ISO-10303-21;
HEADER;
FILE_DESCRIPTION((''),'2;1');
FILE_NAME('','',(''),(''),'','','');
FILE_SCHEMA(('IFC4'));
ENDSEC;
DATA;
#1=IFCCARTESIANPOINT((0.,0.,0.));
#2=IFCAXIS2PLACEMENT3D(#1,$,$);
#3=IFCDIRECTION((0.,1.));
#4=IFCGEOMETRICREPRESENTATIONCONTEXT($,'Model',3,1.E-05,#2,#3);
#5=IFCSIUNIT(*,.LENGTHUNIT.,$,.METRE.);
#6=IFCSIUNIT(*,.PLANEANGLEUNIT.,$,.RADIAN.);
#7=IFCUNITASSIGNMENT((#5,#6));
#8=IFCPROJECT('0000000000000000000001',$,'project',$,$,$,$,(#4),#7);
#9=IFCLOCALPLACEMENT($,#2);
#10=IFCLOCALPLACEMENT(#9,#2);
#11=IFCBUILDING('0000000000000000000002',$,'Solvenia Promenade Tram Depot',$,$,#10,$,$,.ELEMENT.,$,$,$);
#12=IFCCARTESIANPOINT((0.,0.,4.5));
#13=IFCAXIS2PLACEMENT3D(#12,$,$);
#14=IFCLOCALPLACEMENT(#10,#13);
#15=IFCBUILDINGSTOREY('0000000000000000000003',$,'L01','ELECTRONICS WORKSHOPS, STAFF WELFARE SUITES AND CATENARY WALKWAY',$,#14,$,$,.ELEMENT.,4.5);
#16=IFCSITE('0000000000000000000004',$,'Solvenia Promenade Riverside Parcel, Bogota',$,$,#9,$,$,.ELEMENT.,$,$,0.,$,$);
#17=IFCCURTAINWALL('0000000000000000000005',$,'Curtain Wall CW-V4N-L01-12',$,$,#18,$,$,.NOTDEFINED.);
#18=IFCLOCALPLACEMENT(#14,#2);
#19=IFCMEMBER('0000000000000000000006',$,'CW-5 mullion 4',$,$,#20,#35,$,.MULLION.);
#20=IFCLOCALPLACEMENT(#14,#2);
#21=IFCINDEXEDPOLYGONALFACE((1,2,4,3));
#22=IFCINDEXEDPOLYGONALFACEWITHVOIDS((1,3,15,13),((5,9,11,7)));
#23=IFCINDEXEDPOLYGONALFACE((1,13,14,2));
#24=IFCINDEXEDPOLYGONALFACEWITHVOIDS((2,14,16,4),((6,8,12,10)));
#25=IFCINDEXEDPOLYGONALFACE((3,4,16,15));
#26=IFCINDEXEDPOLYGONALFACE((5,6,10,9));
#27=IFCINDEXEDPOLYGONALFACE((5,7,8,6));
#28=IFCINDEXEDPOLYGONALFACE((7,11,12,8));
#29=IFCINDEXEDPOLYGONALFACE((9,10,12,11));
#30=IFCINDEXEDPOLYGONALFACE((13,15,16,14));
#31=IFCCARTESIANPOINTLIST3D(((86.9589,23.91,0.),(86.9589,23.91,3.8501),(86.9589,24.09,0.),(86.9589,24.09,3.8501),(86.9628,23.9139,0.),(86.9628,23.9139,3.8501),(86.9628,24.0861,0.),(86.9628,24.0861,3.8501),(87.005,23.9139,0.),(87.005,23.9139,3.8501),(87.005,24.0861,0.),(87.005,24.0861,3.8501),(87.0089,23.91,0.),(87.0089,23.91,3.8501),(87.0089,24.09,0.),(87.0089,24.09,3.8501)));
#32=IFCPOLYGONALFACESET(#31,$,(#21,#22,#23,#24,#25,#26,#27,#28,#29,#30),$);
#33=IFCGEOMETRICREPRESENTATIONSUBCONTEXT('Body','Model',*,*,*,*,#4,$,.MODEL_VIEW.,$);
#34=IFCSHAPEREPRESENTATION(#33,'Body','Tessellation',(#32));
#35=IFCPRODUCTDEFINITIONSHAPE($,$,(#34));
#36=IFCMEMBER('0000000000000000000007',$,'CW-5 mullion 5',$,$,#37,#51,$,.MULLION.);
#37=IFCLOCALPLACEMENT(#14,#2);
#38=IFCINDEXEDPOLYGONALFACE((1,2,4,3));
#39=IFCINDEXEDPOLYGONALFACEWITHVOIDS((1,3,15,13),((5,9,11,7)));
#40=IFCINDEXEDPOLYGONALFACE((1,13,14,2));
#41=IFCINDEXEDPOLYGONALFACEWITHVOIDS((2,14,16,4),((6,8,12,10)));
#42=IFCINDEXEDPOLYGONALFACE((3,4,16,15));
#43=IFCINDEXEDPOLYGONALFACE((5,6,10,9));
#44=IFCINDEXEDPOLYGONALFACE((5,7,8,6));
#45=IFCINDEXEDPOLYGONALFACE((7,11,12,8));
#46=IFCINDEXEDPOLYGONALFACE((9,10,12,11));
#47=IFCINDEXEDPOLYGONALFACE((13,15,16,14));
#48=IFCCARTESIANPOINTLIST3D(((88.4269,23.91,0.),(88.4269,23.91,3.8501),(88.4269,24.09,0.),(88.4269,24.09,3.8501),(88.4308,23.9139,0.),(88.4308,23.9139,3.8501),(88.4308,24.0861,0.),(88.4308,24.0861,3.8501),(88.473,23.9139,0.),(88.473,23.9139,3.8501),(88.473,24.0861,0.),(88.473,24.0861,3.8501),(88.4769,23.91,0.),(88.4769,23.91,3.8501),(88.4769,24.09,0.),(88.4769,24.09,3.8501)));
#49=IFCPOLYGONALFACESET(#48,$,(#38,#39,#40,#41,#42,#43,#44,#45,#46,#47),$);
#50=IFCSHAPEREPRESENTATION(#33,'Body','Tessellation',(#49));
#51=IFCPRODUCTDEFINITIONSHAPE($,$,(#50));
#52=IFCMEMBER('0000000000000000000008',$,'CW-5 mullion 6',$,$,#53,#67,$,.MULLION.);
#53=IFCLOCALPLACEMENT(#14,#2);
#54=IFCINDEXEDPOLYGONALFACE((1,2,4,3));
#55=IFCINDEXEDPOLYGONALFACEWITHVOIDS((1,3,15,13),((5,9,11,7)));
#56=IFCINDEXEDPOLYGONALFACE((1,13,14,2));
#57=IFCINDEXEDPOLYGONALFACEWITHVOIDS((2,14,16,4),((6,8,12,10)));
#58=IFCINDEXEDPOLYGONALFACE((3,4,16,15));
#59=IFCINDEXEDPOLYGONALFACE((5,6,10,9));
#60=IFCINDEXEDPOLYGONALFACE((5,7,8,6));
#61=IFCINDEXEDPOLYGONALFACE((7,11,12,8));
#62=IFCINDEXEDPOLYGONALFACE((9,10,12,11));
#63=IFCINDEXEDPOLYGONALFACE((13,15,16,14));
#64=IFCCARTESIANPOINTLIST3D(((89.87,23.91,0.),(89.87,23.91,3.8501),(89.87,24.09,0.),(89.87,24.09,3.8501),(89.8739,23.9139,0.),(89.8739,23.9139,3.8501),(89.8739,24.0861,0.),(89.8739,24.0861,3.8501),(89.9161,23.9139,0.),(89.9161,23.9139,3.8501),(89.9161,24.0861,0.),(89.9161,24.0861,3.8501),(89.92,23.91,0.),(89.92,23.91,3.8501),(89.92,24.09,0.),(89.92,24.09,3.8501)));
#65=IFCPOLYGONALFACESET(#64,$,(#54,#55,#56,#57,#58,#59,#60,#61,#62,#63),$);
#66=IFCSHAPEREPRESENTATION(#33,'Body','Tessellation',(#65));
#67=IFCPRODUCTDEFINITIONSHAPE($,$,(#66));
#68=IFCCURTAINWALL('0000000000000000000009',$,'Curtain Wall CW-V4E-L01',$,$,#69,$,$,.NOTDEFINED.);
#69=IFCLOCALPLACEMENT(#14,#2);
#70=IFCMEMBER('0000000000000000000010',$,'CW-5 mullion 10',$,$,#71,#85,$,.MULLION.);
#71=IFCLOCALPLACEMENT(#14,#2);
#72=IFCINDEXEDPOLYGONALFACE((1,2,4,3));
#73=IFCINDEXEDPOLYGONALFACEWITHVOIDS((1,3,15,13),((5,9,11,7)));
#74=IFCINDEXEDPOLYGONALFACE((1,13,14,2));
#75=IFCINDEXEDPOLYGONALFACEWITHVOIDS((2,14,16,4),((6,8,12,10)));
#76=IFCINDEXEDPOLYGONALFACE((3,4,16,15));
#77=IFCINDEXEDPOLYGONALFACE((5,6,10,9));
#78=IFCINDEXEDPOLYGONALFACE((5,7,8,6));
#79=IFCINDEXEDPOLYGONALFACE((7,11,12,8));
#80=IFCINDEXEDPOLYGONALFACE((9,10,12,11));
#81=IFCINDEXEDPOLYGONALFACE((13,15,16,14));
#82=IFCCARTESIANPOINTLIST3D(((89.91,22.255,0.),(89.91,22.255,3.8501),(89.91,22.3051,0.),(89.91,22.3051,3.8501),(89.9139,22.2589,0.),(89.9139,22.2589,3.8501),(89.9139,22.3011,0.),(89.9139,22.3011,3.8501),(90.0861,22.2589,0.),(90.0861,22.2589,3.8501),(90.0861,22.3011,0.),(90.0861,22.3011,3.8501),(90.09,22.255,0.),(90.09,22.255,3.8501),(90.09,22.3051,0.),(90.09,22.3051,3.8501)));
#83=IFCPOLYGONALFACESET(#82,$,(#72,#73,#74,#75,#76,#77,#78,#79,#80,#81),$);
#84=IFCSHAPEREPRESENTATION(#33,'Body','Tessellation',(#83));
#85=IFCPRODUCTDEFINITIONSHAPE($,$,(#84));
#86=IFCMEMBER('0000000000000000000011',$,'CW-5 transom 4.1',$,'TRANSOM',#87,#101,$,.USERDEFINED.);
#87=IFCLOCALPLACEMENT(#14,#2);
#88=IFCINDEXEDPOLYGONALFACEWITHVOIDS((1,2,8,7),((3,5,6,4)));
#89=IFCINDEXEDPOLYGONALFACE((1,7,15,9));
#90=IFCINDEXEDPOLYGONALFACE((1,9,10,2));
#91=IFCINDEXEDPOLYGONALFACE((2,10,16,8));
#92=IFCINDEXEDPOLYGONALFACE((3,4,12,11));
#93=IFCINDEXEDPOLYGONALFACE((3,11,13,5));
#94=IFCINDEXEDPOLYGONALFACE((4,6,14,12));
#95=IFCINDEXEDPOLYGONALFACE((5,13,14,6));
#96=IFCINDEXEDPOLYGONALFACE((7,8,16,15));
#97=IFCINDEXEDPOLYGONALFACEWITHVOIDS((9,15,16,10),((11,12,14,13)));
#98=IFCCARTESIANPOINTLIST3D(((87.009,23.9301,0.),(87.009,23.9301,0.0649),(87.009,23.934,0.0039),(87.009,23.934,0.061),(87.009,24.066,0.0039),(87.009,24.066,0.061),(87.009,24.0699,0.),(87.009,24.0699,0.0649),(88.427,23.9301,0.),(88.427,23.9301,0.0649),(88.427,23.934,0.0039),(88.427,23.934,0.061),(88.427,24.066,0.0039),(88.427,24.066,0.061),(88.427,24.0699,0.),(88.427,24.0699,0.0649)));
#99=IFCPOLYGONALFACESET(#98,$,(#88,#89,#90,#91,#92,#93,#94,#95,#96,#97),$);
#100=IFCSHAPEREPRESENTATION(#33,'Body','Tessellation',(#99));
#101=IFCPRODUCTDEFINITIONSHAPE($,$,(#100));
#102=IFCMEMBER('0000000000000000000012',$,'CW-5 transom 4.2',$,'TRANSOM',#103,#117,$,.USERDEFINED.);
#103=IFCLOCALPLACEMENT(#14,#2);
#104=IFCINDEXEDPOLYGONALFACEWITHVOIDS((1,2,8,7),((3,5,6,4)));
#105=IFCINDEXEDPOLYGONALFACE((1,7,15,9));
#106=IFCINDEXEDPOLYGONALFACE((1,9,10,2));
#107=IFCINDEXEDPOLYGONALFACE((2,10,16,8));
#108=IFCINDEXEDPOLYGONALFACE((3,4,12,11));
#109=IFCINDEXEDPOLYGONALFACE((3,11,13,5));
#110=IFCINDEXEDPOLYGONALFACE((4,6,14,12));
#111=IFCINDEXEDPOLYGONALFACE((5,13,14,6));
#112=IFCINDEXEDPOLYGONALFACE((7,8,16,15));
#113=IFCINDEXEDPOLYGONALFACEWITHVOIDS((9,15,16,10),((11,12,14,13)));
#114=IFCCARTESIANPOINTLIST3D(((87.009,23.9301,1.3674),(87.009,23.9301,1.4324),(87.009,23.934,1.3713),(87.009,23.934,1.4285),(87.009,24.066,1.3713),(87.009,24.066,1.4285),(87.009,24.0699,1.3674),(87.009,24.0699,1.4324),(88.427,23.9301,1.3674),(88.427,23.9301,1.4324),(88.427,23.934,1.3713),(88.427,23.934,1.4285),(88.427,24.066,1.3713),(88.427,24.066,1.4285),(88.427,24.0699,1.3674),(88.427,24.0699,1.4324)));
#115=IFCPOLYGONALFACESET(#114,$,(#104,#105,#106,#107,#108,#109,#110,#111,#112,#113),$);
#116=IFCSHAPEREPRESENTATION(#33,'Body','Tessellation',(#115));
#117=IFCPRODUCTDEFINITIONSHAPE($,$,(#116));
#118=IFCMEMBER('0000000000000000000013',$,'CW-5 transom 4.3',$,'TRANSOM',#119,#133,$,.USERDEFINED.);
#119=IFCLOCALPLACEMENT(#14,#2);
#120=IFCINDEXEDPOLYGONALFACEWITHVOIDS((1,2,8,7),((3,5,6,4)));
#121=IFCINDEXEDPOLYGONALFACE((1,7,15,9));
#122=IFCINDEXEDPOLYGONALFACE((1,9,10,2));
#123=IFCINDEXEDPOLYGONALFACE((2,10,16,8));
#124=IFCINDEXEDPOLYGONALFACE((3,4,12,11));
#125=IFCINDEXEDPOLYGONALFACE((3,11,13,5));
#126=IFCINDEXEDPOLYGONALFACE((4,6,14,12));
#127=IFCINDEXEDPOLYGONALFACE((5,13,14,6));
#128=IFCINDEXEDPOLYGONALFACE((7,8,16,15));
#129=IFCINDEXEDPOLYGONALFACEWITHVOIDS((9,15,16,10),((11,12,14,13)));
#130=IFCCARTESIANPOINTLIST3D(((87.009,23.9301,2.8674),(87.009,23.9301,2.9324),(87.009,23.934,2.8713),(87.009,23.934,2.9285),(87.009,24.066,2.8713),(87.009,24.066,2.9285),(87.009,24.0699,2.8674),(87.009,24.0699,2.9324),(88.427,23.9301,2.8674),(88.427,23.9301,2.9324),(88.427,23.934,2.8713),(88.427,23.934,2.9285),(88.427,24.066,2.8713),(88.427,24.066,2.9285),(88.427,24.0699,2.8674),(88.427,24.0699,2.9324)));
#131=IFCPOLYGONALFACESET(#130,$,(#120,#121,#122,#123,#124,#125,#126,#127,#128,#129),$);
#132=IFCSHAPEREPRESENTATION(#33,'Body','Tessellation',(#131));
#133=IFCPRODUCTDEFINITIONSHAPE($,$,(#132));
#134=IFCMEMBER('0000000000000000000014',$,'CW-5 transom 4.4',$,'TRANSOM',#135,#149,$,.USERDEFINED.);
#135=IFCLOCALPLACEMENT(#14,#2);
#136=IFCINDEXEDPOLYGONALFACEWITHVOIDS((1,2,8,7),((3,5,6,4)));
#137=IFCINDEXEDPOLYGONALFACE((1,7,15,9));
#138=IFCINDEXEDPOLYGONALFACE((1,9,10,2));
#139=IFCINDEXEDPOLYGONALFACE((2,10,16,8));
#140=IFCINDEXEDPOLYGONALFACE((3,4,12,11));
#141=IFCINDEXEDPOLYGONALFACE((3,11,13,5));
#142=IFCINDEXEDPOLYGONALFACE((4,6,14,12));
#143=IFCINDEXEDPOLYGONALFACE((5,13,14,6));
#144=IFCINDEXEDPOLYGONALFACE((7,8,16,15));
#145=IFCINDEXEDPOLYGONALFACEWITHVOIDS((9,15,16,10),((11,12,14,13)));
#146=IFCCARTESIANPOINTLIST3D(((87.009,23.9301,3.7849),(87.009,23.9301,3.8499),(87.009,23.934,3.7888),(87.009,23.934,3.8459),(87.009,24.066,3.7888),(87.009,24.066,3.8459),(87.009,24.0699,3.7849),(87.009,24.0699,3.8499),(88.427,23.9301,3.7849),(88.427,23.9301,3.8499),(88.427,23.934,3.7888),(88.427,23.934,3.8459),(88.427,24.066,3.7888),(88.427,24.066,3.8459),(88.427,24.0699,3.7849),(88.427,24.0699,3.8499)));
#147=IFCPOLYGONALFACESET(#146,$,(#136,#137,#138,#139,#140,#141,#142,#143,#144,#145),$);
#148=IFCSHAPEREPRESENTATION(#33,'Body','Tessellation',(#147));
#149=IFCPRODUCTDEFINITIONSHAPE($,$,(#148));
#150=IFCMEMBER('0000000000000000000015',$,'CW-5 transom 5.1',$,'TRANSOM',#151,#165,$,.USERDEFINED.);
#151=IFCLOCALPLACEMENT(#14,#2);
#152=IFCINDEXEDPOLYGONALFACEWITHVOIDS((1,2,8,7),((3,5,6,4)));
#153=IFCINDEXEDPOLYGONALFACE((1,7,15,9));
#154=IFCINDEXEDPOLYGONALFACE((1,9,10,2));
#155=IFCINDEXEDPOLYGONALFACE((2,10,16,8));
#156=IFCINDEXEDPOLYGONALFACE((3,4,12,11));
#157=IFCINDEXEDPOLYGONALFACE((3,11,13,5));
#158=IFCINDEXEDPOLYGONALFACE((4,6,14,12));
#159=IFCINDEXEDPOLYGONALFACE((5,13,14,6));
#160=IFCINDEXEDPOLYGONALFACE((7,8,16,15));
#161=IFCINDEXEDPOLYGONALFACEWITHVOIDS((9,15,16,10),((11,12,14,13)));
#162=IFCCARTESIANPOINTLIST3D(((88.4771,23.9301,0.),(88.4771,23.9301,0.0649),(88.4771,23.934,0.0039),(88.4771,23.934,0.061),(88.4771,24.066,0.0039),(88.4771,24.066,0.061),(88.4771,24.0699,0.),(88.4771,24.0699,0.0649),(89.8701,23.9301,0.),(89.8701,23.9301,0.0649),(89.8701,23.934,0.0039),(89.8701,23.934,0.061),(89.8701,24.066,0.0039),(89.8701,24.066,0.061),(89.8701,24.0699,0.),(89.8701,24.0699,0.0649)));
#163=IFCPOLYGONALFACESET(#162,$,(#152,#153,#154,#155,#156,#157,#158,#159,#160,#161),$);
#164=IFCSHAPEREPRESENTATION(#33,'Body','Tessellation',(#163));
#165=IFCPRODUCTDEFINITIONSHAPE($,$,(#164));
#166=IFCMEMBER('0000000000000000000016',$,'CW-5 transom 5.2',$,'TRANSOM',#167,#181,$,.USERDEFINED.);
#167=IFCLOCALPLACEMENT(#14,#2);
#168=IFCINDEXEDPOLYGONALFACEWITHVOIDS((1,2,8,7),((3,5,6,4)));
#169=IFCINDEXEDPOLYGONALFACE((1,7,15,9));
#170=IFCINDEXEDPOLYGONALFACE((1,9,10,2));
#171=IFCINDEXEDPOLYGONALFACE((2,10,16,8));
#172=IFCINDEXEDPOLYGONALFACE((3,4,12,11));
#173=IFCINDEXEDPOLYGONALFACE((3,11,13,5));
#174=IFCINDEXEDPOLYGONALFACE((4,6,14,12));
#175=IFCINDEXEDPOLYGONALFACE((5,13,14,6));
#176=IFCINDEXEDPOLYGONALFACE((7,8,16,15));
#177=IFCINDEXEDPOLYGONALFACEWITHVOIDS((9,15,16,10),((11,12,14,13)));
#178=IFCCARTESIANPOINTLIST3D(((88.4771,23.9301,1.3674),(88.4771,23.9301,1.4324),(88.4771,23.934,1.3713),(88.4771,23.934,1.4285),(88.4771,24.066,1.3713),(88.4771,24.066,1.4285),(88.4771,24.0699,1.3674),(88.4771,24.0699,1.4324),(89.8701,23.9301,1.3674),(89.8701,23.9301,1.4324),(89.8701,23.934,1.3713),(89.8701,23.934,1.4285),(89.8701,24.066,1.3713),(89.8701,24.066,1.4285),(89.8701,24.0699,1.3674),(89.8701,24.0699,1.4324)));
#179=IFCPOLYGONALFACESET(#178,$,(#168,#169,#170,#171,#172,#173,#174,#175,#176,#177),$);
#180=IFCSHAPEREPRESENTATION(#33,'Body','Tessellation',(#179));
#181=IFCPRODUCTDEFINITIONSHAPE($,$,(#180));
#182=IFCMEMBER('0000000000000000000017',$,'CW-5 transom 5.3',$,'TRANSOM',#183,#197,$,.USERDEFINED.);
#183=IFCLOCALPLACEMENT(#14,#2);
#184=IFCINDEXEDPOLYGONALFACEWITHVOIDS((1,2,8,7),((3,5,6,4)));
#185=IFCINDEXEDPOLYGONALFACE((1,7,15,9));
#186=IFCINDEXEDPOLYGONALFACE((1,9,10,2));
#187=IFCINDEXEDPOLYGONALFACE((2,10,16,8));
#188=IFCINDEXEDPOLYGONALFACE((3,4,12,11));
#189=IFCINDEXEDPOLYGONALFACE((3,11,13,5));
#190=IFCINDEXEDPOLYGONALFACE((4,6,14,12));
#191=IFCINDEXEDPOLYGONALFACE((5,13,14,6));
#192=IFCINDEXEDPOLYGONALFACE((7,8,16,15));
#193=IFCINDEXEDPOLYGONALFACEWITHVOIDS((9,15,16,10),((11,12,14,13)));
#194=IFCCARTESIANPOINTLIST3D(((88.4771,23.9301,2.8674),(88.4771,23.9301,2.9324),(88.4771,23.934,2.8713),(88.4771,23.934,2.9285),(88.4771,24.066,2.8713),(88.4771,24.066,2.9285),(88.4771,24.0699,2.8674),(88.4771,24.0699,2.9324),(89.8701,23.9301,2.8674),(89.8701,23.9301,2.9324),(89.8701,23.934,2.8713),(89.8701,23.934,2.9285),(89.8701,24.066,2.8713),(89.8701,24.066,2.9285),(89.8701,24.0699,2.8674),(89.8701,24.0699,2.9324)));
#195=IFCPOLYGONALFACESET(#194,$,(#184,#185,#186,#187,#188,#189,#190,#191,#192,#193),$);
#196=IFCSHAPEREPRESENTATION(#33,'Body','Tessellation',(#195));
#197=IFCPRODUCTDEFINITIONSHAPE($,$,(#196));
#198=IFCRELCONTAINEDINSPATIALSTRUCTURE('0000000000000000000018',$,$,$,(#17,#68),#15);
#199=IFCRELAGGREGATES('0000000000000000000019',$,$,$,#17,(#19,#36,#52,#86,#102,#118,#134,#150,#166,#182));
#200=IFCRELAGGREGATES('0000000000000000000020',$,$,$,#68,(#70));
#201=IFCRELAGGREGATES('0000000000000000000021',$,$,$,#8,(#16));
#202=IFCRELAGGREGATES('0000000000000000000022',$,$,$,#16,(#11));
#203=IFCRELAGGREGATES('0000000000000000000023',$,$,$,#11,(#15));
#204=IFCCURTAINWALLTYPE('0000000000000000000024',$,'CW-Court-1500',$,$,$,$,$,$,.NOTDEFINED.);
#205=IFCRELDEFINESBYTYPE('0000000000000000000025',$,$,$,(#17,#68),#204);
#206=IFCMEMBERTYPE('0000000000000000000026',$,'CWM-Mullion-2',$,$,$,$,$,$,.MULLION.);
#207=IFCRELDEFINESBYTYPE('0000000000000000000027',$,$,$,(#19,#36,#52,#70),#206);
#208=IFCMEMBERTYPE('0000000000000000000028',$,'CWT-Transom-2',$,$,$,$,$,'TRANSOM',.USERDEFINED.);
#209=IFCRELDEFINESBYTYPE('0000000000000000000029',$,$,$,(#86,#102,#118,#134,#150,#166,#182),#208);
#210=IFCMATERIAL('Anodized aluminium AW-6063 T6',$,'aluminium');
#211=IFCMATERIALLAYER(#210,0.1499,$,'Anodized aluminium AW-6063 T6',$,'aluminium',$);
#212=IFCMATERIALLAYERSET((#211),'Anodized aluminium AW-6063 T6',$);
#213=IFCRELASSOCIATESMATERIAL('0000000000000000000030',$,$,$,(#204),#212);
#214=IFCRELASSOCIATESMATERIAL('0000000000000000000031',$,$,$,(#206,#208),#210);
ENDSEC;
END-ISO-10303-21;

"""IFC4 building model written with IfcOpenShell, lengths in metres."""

from ifc_helpers import new_model, si_unit, direction, frame, origin, origin_2d, place, context, subcontext, project, spatial, hollow_rectangle, extrude, material, layer, layer_set, material_profile, profile_set, type_object, element, aggregate, save


model = new_model("IFC4")

# Units and contexts
model_context = context("Model", 3, precision=1e-05, world=origin(), true_north=direction((0.0, 1.0)))
body_context = subcontext(model_context, "Body", "Model", "MODEL_VIEW")
ifc_project = project(units=[si_unit("LENGTHUNIT", "METRE"), si_unit("PLANEANGLEUNIT", "RADIAN")], contexts=[model_context])

# Site, building, storey
site_placement = place(None, origin())
site = spatial("IfcSite", under=ifc_project, at=site_placement, Name="Solvenia Promenade Riverside Parcel, Bogota", CompositionType="ELEMENT", RefElevation=0.0)
building_placement = place(site_placement, origin())
building = spatial("IfcBuilding", under=site, at=building_placement, Name="Solvenia Promenade Tram Depot", CompositionType="ELEMENT")
storey_placement = place(building_placement, frame((0.0, 0.0, 4.5)))
storey = spatial("IfcBuildingStorey", under=building, at=storey_placement, Name="L01", Description="ELECTRONICS WORKSHOPS, STAFF WELFARE SUITES AND CATENARY WALKWAY", CompositionType="ELEMENT", Elevation=4.5)

# Curtain wall, members
ifc_material_1 = material(Name="Anodized aluminium AW-6063 T6", Category="aluminium")
ifc_layer_1 = layer(ifc_material_1, 0.1499, Name="Anodized aluminium AW-6063 T6", Category="aluminium")
ifc_layer_set_1 = layer_set([ifc_layer_1], Name="Anodized aluminium AW-6063 T6")
curtain_wall_type = type_object("IfcCurtainWallType", Name="CW-Court-1500", PredefinedType="NOTDEFINED", material=ifc_layer_set_1)
curtain_wall_1_placement = place(storey_placement, origin())
curtain_wall_1 = element("IfcCurtainWall", 1, at=curtain_wall_1_placement, inside=storey, type_object=curtain_wall_type, Name="Curtain Wall CW-V4N-L01-12", PredefinedType="NOTDEFINED")
ifc_material_profile_1 = material_profile(ifc_material_1, hollow_rectangle(XDim=0.1799, YDim=0.05, WallThickness=0.0039, at=origin_2d()), Name="ALU-M2", Category="aluminium")
ifc_profile_set_1 = profile_set([ifc_material_profile_1], Name="Anodized aluminium AW-6063 T6")
member_type_1 = type_object("IfcMemberType", Name="CWM-Mullion-2", PredefinedType="MULLION", material=ifc_profile_set_1)
member_1_placement = place(storey_placement, frame((86.9839, 24.0, 0.0), z_axis=(0.0, 0.0, 1.0), x_axis=(0.0, 1.0, 0.0)))
member_1 = element("IfcMember", 2, at=member_1_placement, type_object=member_type_1, Name="CW-5 mullion 4", PredefinedType="MULLION", context=body_context, shape_type="SweptSolid", body=[
    extrude(hollow_rectangle(XDim=0.1799, YDim=0.05, WallThickness=0.0039, at=origin_2d()), origin(), (0.0, 0.0, 1.0), 3.8501),
])
member_2_placement = place(storey_placement, frame((88.4519, 24.0, 0.0), z_axis=(0.0, 0.0, 1.0), x_axis=(0.0, 1.0, 0.0)))
member_2 = element("IfcMember", 3, at=member_2_placement, type_object=member_type_1, Name="CW-5 mullion 5", PredefinedType="MULLION", context=body_context, shape_type="SweptSolid", body=[
    extrude(hollow_rectangle(XDim=0.1799, YDim=0.05, WallThickness=0.0039, at=origin_2d()), origin(), (0.0, 0.0, 1.0), 3.8501),
])
member_3_placement = place(storey_placement, frame((89.895, 24.0, 0.0), z_axis=(0.0, 0.0, 1.0), x_axis=(0.0, 1.0, 0.0)))
member_3 = element("IfcMember", 4, at=member_3_placement, type_object=member_type_1, Name="CW-5 mullion 6", PredefinedType="MULLION", context=body_context, shape_type="SweptSolid", body=[
    extrude(hollow_rectangle(XDim=0.1799, YDim=0.05, WallThickness=0.0039, at=origin_2d()), origin(), (0.0, 0.0, 1.0), 3.8501),
])

# Curtain wall, member
curtain_wall_2_placement = place(storey_placement, origin())
curtain_wall_2 = element("IfcCurtainWall", 5, at=curtain_wall_2_placement, inside=storey, type_object=curtain_wall_type, Name="Curtain Wall CW-V4E-L01", PredefinedType="NOTDEFINED")
member_4_placement = place(storey_placement, frame((90.0, 22.28, 0.0), z_axis=(0.0, 0.0, 1.0), x_axis=(-1.0, 0.0, 0.0)))
member_4 = element("IfcMember", 6, at=member_4_placement, type_object=member_type_1, Name="CW-5 mullion 10", PredefinedType="MULLION", context=body_context, shape_type="SweptSolid", body=[
    extrude(hollow_rectangle(XDim=0.1799, YDim=0.05, WallThickness=0.0039, at=origin_2d()), origin(), (0.0, 0.0, 1.0), 3.8501),
])

# Members
ifc_material_profile_2 = material_profile(ifc_material_1, hollow_rectangle(XDim=0.1399, YDim=0.0649, WallThickness=0.0039, at=origin_2d()), Name="ALU-T2", Category="aluminium")
ifc_profile_set_2 = profile_set([ifc_material_profile_2], Name="Anodized aluminium AW-6063 T6")
member_type_2 = type_object("IfcMemberType", Name="CWT-Transom-2", ElementType="TRANSOM", PredefinedType="USERDEFINED", material=ifc_profile_set_2)
member_5_placement = place(storey_placement, frame((87.009, 24.0, 0.0325), z_axis=(1.0, 0.0, 0.0), x_axis=(0.0, 1.0, 0.0)))
member_5 = element("IfcMember", 7, at=member_5_placement, type_object=member_type_2, Name="CW-5 transom 4.1", ObjectType="TRANSOM", PredefinedType="USERDEFINED", context=body_context, shape_type="SweptSolid", body=[
    extrude(hollow_rectangle(XDim=0.1399, YDim=0.0649, WallThickness=0.0039, at=origin_2d()), origin(), (0.0, 0.0, 1.0), 1.418),
])
member_6_placement = place(storey_placement, frame((87.009, 24.0, 1.3999), z_axis=(1.0, 0.0, 0.0), x_axis=(0.0, 1.0, 0.0)))
member_6 = element("IfcMember", 8, at=member_6_placement, type_object=member_type_2, Name="CW-5 transom 4.2", ObjectType="TRANSOM", PredefinedType="USERDEFINED", context=body_context, shape_type="SweptSolid", body=[
    extrude(hollow_rectangle(XDim=0.1399, YDim=0.0649, WallThickness=0.0039, at=origin_2d()), origin(), (0.0, 0.0, 1.0), 1.418),
])
member_7_placement = place(storey_placement, frame((87.009, 24.0, 2.8999), z_axis=(1.0, 0.0, 0.0), x_axis=(0.0, 1.0, 0.0)))
member_7 = element("IfcMember", 9, at=member_7_placement, type_object=member_type_2, Name="CW-5 transom 4.3", ObjectType="TRANSOM", PredefinedType="USERDEFINED", context=body_context, shape_type="SweptSolid", body=[
    extrude(hollow_rectangle(XDim=0.1399, YDim=0.0649, WallThickness=0.0039, at=origin_2d()), origin(), (0.0, 0.0, 1.0), 1.418),
])
member_8_placement = place(storey_placement, frame((87.009, 24.0, 3.8174), z_axis=(1.0, 0.0, 0.0), x_axis=(0.0, 1.0, 0.0)))
member_8 = element("IfcMember", 10, at=member_8_placement, type_object=member_type_2, Name="CW-5 transom 4.4", ObjectType="TRANSOM", PredefinedType="USERDEFINED", context=body_context, shape_type="SweptSolid", body=[
    extrude(hollow_rectangle(XDim=0.1399, YDim=0.0649, WallThickness=0.0039, at=origin_2d()), origin(), (0.0, 0.0, 1.0), 1.418),
])
member_9_placement = place(storey_placement, frame((88.4771, 24.0, 0.0325), z_axis=(1.0, 0.0, 0.0), x_axis=(0.0, 1.0, 0.0)))
member_9 = element("IfcMember", 11, at=member_9_placement, type_object=member_type_2, Name="CW-5 transom 5.1", ObjectType="TRANSOM", PredefinedType="USERDEFINED", context=body_context, shape_type="SweptSolid", body=[
    extrude(hollow_rectangle(XDim=0.1399, YDim=0.0649, WallThickness=0.0039, at=origin_2d()), origin(), (0.0, 0.0, 1.0), 1.3931),
])
member_10_placement = place(storey_placement, frame((88.4771, 24.0, 1.3999), z_axis=(1.0, 0.0, 0.0), x_axis=(0.0, 1.0, 0.0)))
member_10 = element("IfcMember", 12, at=member_10_placement, type_object=member_type_2, Name="CW-5 transom 5.2", ObjectType="TRANSOM", PredefinedType="USERDEFINED", context=body_context, shape_type="SweptSolid", body=[
    extrude(hollow_rectangle(XDim=0.1399, YDim=0.0649, WallThickness=0.0039, at=origin_2d()), origin(), (0.0, 0.0, 1.0), 1.3931),
])
member_11_placement = place(storey_placement, frame((88.4771, 24.0, 2.8999), z_axis=(1.0, 0.0, 0.0), x_axis=(0.0, 1.0, 0.0)))
member_11 = element("IfcMember", 13, at=member_11_placement, type_object=member_type_2, Name="CW-5 transom 5.3", ObjectType="TRANSOM", PredefinedType="USERDEFINED", context=body_context, shape_type="SweptSolid", body=[
    extrude(hollow_rectangle(XDim=0.1399, YDim=0.0649, WallThickness=0.0039, at=origin_2d()), origin(), (0.0, 0.0, 1.0), 1.3931),
])

aggregate(curtain_wall_1, [member_1, member_2, member_3, member_5, member_6, member_7, member_8, member_9, member_10, member_11])
aggregate(curtain_wall_2, [member_4])

save(model, "model.ifc")
